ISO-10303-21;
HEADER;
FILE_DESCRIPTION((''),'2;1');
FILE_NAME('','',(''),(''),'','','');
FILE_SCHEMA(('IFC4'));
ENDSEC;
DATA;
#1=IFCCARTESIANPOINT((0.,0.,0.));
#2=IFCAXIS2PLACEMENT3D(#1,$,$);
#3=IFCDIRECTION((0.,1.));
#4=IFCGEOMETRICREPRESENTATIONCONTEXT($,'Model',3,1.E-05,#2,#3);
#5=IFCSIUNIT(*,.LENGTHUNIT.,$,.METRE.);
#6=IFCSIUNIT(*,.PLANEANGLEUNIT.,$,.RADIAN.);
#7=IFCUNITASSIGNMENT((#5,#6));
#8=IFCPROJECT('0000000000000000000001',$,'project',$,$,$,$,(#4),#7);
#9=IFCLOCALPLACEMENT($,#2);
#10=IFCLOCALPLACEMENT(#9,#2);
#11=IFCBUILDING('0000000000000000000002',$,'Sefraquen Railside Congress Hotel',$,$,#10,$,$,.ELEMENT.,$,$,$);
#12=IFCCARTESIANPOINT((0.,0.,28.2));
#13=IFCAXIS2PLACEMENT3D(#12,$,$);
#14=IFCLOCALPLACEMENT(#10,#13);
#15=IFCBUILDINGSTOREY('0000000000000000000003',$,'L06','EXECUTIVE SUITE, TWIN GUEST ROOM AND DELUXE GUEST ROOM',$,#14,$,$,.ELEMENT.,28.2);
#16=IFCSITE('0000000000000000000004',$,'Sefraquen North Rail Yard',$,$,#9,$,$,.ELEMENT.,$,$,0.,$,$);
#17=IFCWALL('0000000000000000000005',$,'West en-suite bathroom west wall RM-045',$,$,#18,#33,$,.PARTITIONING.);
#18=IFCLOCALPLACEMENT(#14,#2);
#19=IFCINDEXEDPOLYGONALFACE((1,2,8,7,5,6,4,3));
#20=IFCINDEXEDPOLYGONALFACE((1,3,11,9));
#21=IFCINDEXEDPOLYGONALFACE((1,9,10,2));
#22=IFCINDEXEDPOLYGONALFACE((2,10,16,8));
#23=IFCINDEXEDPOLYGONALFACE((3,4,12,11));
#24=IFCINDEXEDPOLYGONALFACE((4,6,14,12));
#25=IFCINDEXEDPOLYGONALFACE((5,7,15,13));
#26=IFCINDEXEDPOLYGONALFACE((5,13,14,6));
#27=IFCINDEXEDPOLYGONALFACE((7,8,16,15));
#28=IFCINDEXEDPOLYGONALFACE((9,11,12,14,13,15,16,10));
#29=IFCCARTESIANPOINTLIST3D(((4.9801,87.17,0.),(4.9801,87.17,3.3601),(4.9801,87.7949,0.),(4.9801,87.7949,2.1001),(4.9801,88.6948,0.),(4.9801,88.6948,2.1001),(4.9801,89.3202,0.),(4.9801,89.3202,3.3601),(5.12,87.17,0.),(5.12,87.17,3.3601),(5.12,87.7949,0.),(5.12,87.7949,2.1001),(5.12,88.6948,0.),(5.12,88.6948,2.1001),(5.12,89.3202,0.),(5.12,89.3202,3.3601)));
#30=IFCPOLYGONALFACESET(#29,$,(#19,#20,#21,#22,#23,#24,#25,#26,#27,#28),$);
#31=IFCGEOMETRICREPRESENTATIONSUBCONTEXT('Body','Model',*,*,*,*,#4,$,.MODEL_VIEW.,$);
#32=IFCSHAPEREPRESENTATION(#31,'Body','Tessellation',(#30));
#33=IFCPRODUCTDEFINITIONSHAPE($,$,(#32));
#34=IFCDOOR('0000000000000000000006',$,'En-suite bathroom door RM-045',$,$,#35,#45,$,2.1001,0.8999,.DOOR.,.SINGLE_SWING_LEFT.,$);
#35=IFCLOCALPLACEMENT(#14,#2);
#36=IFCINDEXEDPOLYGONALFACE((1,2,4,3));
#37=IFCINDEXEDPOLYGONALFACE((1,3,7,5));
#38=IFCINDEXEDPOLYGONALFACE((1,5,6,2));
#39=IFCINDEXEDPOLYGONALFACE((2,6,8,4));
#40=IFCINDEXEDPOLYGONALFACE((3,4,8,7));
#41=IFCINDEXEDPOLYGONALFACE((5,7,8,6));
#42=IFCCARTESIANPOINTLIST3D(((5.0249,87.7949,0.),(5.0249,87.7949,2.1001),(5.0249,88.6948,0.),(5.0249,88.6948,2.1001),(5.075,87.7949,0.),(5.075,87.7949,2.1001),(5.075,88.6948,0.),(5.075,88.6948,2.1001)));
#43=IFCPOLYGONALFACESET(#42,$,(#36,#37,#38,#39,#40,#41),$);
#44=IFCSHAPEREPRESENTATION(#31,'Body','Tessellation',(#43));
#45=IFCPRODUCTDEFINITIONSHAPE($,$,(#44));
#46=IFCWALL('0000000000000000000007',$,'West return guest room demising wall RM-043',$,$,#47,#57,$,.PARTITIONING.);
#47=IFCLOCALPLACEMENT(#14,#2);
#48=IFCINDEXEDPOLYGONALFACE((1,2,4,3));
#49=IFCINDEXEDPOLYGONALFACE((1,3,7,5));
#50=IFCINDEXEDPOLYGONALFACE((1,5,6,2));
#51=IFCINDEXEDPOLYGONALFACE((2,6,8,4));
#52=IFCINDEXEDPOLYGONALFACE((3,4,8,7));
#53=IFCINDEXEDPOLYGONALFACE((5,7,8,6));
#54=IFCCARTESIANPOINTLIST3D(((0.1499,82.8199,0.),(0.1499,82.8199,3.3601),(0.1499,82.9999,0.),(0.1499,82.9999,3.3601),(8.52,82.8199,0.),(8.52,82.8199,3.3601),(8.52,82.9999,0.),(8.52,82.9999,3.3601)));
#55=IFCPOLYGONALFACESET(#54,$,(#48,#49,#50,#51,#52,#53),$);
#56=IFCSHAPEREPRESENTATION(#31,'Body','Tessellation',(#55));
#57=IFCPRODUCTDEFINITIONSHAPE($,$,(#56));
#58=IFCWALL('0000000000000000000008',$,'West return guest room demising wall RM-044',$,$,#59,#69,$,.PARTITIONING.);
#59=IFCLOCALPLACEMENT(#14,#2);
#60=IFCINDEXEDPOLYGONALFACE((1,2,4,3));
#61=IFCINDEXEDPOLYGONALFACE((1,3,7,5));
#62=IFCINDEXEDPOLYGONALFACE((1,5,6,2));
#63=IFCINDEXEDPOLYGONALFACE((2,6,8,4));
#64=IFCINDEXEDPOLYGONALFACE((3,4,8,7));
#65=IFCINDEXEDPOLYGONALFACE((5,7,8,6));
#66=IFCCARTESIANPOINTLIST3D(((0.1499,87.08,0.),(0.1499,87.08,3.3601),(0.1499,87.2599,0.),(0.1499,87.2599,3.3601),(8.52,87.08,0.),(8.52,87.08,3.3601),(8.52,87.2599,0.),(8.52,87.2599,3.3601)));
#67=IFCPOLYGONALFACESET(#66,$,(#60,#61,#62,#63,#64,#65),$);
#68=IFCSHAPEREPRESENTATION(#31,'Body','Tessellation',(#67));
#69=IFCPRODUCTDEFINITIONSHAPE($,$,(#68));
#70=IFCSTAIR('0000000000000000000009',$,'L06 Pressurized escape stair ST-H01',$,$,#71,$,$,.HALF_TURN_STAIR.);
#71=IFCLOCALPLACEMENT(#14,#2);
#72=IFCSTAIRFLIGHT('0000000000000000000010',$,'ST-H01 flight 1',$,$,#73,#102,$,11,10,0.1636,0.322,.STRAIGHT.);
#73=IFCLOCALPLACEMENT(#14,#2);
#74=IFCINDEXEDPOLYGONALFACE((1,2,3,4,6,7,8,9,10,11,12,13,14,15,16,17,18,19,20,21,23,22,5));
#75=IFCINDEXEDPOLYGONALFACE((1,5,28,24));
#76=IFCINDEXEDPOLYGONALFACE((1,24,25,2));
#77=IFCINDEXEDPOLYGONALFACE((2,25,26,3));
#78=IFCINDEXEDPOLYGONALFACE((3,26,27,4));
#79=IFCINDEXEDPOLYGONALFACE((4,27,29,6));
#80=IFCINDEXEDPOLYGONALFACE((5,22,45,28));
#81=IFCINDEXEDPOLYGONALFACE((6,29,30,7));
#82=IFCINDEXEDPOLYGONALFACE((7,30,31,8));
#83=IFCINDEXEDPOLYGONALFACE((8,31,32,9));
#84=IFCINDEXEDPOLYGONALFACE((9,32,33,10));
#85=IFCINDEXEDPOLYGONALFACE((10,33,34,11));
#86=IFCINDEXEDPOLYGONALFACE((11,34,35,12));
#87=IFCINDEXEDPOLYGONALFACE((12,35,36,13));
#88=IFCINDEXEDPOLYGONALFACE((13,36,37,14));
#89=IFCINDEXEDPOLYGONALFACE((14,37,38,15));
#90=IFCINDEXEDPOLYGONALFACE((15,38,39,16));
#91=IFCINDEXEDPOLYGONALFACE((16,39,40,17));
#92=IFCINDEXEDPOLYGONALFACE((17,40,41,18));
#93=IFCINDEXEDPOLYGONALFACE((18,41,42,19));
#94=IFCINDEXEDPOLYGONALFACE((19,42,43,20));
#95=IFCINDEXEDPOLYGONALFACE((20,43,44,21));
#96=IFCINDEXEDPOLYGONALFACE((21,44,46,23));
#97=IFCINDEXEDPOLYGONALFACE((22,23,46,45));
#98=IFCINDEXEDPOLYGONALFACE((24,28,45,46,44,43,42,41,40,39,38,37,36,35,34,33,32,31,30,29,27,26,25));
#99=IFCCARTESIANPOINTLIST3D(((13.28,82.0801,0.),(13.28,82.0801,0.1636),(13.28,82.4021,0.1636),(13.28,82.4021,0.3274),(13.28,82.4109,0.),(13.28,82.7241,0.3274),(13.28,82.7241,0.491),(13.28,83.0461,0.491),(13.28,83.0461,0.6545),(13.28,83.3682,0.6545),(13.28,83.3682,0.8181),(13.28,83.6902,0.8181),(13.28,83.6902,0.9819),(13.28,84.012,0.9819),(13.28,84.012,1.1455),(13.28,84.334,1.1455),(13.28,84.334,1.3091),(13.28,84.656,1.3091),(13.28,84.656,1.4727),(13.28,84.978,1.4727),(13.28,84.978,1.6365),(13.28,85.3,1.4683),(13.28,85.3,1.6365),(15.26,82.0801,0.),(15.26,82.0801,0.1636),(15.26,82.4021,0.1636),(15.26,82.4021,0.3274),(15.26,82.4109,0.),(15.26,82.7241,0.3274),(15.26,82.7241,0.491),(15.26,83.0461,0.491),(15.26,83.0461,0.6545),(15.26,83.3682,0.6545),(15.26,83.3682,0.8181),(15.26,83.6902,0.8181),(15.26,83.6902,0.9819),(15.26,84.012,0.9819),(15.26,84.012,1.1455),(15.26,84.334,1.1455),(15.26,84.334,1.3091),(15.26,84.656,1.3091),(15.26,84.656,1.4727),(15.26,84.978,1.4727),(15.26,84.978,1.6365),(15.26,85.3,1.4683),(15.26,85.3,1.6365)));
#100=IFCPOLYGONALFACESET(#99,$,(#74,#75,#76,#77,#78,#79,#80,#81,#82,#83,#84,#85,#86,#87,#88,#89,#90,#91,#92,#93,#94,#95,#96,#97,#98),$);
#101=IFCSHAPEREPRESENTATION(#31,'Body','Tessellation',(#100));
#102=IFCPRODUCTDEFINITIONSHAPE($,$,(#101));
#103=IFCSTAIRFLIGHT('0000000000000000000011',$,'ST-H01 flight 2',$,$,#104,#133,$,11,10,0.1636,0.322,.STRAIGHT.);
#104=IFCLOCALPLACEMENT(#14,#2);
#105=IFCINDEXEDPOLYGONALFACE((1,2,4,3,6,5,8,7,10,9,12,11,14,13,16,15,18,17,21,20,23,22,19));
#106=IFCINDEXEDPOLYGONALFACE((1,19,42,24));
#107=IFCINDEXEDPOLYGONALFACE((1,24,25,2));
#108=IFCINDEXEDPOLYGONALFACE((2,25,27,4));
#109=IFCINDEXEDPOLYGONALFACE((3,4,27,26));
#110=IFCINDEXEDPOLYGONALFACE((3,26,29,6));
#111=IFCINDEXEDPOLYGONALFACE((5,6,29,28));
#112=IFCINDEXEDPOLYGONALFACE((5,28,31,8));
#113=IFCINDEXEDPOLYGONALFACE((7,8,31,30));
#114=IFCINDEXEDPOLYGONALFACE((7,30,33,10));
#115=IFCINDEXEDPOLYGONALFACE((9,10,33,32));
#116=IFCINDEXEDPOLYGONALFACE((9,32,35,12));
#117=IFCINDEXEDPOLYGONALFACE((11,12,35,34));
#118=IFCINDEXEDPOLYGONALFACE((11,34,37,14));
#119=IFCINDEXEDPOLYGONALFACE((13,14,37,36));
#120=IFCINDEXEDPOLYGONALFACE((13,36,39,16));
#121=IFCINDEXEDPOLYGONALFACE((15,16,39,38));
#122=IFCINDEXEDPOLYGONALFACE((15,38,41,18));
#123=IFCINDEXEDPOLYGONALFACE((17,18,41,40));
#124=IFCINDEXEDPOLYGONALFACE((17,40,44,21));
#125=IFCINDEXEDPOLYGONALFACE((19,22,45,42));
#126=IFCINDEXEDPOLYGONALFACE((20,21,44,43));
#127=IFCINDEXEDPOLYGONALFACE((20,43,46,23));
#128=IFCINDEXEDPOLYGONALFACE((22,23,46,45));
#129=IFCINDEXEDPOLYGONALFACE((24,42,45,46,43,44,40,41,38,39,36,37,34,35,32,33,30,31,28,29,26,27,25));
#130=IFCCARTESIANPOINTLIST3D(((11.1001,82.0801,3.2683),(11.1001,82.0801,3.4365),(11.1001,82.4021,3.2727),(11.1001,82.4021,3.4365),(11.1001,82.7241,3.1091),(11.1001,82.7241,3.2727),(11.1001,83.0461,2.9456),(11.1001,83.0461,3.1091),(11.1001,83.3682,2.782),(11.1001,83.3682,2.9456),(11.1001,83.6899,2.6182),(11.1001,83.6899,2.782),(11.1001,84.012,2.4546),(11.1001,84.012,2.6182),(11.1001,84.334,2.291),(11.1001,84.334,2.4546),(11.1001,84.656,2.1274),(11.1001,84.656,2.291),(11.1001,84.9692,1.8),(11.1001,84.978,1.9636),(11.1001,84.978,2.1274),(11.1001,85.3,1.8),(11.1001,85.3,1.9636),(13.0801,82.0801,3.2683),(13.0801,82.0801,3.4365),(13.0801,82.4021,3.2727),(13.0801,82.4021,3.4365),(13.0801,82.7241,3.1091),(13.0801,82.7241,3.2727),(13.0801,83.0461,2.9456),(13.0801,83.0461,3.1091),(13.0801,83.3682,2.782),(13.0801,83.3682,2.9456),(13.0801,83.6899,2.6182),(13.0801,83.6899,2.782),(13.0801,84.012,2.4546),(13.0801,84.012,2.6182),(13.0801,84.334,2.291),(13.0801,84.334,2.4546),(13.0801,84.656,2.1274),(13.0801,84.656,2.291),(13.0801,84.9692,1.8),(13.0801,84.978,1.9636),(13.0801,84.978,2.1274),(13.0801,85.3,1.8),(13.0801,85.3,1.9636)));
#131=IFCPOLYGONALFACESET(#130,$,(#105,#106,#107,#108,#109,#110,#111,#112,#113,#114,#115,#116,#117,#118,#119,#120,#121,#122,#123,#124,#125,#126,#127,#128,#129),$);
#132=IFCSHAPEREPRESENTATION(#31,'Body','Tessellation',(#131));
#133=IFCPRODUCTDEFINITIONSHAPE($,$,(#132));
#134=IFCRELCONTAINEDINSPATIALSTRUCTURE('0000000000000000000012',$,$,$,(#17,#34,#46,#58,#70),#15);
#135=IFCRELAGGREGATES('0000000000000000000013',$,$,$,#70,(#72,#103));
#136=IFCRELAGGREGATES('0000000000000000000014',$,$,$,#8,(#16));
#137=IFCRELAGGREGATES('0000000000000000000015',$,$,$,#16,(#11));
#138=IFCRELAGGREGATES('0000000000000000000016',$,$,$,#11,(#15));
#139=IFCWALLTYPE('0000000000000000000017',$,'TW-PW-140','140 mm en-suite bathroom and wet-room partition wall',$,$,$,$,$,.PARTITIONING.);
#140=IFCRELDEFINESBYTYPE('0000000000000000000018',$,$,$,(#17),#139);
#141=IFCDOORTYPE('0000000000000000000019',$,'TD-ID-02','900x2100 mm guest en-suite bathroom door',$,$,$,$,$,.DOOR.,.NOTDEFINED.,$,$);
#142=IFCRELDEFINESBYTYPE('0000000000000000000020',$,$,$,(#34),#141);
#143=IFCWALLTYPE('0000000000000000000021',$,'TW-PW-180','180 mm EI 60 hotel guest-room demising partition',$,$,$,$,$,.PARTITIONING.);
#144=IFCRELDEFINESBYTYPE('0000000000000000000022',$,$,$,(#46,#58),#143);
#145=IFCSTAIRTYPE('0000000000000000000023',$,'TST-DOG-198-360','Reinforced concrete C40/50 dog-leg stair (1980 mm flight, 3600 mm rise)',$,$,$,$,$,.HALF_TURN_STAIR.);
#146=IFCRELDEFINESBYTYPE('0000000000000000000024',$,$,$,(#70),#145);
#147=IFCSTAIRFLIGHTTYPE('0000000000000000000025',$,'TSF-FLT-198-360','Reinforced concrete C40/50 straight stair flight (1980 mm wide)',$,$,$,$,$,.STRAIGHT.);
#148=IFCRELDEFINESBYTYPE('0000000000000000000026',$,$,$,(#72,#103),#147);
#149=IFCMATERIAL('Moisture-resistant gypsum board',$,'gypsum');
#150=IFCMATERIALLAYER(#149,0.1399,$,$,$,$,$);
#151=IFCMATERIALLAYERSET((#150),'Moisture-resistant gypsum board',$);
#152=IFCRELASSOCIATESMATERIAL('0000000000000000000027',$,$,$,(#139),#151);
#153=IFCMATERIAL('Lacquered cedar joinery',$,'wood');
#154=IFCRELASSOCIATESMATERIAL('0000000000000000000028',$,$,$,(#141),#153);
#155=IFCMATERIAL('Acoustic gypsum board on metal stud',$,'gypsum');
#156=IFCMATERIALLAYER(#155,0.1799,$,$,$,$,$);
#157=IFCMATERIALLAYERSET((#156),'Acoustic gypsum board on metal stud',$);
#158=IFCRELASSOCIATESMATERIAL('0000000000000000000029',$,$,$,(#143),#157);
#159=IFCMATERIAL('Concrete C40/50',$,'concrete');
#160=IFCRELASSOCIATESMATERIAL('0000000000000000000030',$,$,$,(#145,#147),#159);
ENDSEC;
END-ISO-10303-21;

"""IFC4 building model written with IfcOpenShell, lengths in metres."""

from ifc_helpers import new_model, si_unit, direction, frame, frame_2d, origin, place, context, subcontext, project, spatial, polyline, rectangle, outline, extrude, material, layer, layer_set, type_object, element, fill, aggregate, save


model = new_model("IFC4")

# Units and contexts
model_context = context("Model", 3, precision=1e-05, world=origin(), true_north=direction((0.0, 1.0)))
body_context = subcontext(model_context, "Body", "Model", "MODEL_VIEW")
ifc_project = project(units=[si_unit("LENGTHUNIT", "METRE"), si_unit("PLANEANGLEUNIT", "RADIAN")], contexts=[model_context])

# Site, building, storey
site_placement = place(None, origin())
site = spatial("IfcSite", under=ifc_project, at=site_placement, Name="Sefraquen North Rail Yard", CompositionType="ELEMENT", RefElevation=0.0)
building_placement = place(site_placement, origin())
building = spatial("IfcBuilding", under=site, at=building_placement, Name="Sefraquen Railside Congress Hotel", CompositionType="ELEMENT")
storey_placement = place(building_placement, frame((0.0, 0.0, 28.2)))
storey = spatial("IfcBuildingStorey", under=building, at=storey_placement, Name="L06", Description="EXECUTIVE SUITE, TWIN GUEST ROOM AND DELUXE GUEST ROOM", CompositionType="ELEMENT", Elevation=28.2)

# Shared definitions
ifc_material_1 = material(Name="Moisture-resistant gypsum board", Category="gypsum")
ifc_layer_1 = layer(ifc_material_1, 0.1399)
ifc_layer_set_1 = layer_set([ifc_layer_1], Name="Moisture-resistant gypsum board")
wall_type_1 = type_object("IfcWallType", Name="TW-PW-140", Description="140 mm en-suite bathroom and wet-room partition wall", PredefinedType="PARTITIONING", material=ifc_layer_set_1)

# Wall, opening, door
ifc_material_2 = material(Name="Lacquered cedar joinery", Category="wood")
door_type_1 = type_object("IfcDoorType", Name="TD-ID-02", Description="900x2100 mm guest en-suite bathroom door", OperationType="NOTDEFINED", PredefinedType="DOOR", material=ifc_material_2)
wall_1_placement = place(storey_placement, frame((5.05, 87.1699, 0.0), z_axis=(0.0, 0.0, 1.0), x_axis=(0.0, 1.0, 0.0)))
wall_1 = element("IfcWall", 1, at=wall_1_placement, inside=storey, type_object=wall_type_1, Name="West en-suite bathroom west wall RM-045", PredefinedType="PARTITIONING", context=body_context, shape_type="SweptSolid", body=[
    extrude(rectangle(XDim=2.1501, YDim=0.1399, at=frame_2d((1.0752, 0.0))), origin(), (0.0, 0.0, 1.0), 3.3601),
])
opening_1_placement = place(wall_1_placement, frame((0.625, 0.0, 0.0)))
opening_1 = element("IfcOpeningElement", 2, at=opening_1_placement, cuts=wall_1, PredefinedType="OPENING", context=body_context, shape_type="SweptSolid", body=[
    extrude(rectangle(XDim=0.8999, YDim=2.1001, at=frame_2d((0.45, 1.05))), frame((0.0, 0.0798, 0.0), z_axis=(0.0, -1.0, 0.0), x_axis=(1.0, 0.0, 0.0)), (0.0, 0.0, 1.0), 0.1599),
])
door_1_placement = place(opening_1_placement, frame((0.8999, 0.0, 0.0), z_axis=(0.0, 0.0, 1.0), x_axis=(-1.0, 0.0, 0.0)))
door_1 = element("IfcDoor", 3, at=door_1_placement, inside=storey, type_object=door_type_1, Name="En-suite bathroom door RM-045", OperationType="SINGLE_SWING_LEFT", OverallHeight=2.1001, OverallWidth=0.8999, PredefinedType="DOOR", context=body_context, shape_type="SweptSolid", body=[
    extrude(rectangle(XDim=0.8999, YDim=2.1001, at=frame_2d((0.45, 1.05))), frame((0.0, 0.0249, 0.0), z_axis=(0.0, -1.0, 0.0), x_axis=(1.0, 0.0, 0.0)), (0.0, 0.0, 1.0), 0.05),
])
fill(opening_1, door_1)

# Walls
ifc_material_3 = material(Name="Acoustic gypsum board on metal stud", Category="gypsum")
ifc_layer_2 = layer(ifc_material_3, 0.1799)
ifc_layer_set_2 = layer_set([ifc_layer_2], Name="Acoustic gypsum board on metal stud")
wall_type_2 = type_object("IfcWallType", Name="TW-PW-180", Description="180 mm EI 60 hotel guest-room demising partition", PredefinedType="PARTITIONING", material=ifc_layer_set_2)
for number, where, z_axis, x_axis, name in (
    (4, (0.1499, 82.9099, 0.0), (0.0, 0.0, 1.0), (1.0, 0.0, 0.0), "West return guest room demising wall RM-043"),
    (5, (0.1499, 87.1699, 0.0), (0.0, 0.0, 1.0), (1.0, 0.0, 0.0), "West return guest room demising wall RM-044"),
):
    element("IfcWall", number, at=place(storey_placement, frame(where, z_axis=z_axis, x_axis=x_axis)), inside=storey, type_object=wall_type_2, Name=name, PredefinedType="PARTITIONING", context=body_context, shape_type="SweptSolid", body=[
        extrude(rectangle(XDim=8.3701, YDim=0.1799, at=frame_2d((4.1851, 0.0))), origin(), (0.0, 0.0, 1.0), 3.3601),
    ])

# Stair, stair flights
ifc_material_4 = material(Name="Concrete C40/50", Category="concrete")
stair_type = type_object("IfcStairType", Name="TST-DOG-198-360", Description="Reinforced concrete C40/50 dog-leg stair (1980 mm flight, 3600 mm rise)", PredefinedType="HALF_TURN_STAIR", material=ifc_material_4)
stair_placement = place(storey_placement, origin())
stair = element("IfcStair", 6, at=stair_placement, inside=storey, type_object=stair_type, Name="L06 Pressurized escape stair ST-H01", PredefinedType="HALF_TURN_STAIR")
stair_flight_type = type_object("IfcStairFlightType", Name="TSF-FLT-198-360", Description="Reinforced concrete C40/50 straight stair flight (1980 mm wide)", PredefinedType="STRAIGHT", material=ifc_material_4)
stair_flight_1_placement = place(storey_placement, frame((14.27, 82.0801, 0.0), z_axis=(0.0, 0.0, 1.0), x_axis=(0.0, 1.0, 0.0)))
stair_flight_1 = element("IfcStairFlight", 7, at=stair_flight_1_placement, type_object=stair_flight_type, Name="ST-H01 flight 1", NumberOfRisers=11, NumberOfTreads=10, PredefinedType="STRAIGHT", RiserHeight=0.1636, TreadLength=0.322, context=body_context, shape_type="SweptSolid", body=[
    extrude(outline(polyline([(0.0, 0.0), (0.0, 0.1636), (0.322, 0.1636), (0.322, 0.3274), (0.644, 0.3274), (0.644, 0.491), (0.9661, 0.491), (0.9661, 0.6545), (1.2881, 0.6545), (1.2881, 0.8181), (1.6101, 0.8181), (1.6101, 0.9819), (1.9319, 0.9819), (1.9319, 1.1455), (2.2539, 1.1455), (2.2539, 1.3091), (2.5759, 1.3091), (2.5759, 1.4727), (2.8979, 1.4727), (2.8979, 1.6365), (3.22, 1.6365), (3.22, 1.8), (3.22, 1.4683), (0.3308, 0.0), (0.0, 0.0)])), frame((0.0, 0.99, 0.0), z_axis=(0.0, -1.0, 0.0), x_axis=(1.0, 0.0, 0.0)), (0.0, 0.0, 1.0), 1.98),
])
stair_flight_2_placement = place(storey_placement, frame((12.0901, 85.3, 1.8), z_axis=(0.0, 0.0, 1.0), x_axis=(0.0, -1.0, 0.0)))
stair_flight_2 = element("IfcStairFlight", 8, at=stair_flight_2_placement, type_object=stair_flight_type, Name="ST-H01 flight 2", NumberOfRisers=11, NumberOfTreads=10, PredefinedType="STRAIGHT", RiserHeight=0.1636, TreadLength=0.322, context=body_context, shape_type="SweptSolid", body=[
    extrude(outline(polyline([(0.0, 0.0), (0.0, 0.1636), (0.322, 0.1636), (0.322, 0.3274), (0.644, 0.3274), (0.644, 0.491), (0.9661, 0.491), (0.9661, 0.6545), (1.2881, 0.6545), (1.2881, 0.8181), (1.6101, 0.8181), (1.6101, 0.9819), (1.9319, 0.9819), (1.9319, 1.1455), (2.2539, 1.1455), (2.2539, 1.3091), (2.5759, 1.3091), (2.5759, 1.4727), (2.8979, 1.4727), (2.8979, 1.6365), (3.22, 1.6365), (3.22, 1.8), (3.22, 1.4683), (0.3308, 0.0), (0.0, 0.0)])), frame((0.0, 0.99, 0.0), z_axis=(0.0, -1.0, 0.0), x_axis=(1.0, 0.0, 0.0)), (0.0, 0.0, 1.0), 1.98),
])
aggregate(stair, [stair_flight_1, stair_flight_2])

save(model, "model.ifc")
